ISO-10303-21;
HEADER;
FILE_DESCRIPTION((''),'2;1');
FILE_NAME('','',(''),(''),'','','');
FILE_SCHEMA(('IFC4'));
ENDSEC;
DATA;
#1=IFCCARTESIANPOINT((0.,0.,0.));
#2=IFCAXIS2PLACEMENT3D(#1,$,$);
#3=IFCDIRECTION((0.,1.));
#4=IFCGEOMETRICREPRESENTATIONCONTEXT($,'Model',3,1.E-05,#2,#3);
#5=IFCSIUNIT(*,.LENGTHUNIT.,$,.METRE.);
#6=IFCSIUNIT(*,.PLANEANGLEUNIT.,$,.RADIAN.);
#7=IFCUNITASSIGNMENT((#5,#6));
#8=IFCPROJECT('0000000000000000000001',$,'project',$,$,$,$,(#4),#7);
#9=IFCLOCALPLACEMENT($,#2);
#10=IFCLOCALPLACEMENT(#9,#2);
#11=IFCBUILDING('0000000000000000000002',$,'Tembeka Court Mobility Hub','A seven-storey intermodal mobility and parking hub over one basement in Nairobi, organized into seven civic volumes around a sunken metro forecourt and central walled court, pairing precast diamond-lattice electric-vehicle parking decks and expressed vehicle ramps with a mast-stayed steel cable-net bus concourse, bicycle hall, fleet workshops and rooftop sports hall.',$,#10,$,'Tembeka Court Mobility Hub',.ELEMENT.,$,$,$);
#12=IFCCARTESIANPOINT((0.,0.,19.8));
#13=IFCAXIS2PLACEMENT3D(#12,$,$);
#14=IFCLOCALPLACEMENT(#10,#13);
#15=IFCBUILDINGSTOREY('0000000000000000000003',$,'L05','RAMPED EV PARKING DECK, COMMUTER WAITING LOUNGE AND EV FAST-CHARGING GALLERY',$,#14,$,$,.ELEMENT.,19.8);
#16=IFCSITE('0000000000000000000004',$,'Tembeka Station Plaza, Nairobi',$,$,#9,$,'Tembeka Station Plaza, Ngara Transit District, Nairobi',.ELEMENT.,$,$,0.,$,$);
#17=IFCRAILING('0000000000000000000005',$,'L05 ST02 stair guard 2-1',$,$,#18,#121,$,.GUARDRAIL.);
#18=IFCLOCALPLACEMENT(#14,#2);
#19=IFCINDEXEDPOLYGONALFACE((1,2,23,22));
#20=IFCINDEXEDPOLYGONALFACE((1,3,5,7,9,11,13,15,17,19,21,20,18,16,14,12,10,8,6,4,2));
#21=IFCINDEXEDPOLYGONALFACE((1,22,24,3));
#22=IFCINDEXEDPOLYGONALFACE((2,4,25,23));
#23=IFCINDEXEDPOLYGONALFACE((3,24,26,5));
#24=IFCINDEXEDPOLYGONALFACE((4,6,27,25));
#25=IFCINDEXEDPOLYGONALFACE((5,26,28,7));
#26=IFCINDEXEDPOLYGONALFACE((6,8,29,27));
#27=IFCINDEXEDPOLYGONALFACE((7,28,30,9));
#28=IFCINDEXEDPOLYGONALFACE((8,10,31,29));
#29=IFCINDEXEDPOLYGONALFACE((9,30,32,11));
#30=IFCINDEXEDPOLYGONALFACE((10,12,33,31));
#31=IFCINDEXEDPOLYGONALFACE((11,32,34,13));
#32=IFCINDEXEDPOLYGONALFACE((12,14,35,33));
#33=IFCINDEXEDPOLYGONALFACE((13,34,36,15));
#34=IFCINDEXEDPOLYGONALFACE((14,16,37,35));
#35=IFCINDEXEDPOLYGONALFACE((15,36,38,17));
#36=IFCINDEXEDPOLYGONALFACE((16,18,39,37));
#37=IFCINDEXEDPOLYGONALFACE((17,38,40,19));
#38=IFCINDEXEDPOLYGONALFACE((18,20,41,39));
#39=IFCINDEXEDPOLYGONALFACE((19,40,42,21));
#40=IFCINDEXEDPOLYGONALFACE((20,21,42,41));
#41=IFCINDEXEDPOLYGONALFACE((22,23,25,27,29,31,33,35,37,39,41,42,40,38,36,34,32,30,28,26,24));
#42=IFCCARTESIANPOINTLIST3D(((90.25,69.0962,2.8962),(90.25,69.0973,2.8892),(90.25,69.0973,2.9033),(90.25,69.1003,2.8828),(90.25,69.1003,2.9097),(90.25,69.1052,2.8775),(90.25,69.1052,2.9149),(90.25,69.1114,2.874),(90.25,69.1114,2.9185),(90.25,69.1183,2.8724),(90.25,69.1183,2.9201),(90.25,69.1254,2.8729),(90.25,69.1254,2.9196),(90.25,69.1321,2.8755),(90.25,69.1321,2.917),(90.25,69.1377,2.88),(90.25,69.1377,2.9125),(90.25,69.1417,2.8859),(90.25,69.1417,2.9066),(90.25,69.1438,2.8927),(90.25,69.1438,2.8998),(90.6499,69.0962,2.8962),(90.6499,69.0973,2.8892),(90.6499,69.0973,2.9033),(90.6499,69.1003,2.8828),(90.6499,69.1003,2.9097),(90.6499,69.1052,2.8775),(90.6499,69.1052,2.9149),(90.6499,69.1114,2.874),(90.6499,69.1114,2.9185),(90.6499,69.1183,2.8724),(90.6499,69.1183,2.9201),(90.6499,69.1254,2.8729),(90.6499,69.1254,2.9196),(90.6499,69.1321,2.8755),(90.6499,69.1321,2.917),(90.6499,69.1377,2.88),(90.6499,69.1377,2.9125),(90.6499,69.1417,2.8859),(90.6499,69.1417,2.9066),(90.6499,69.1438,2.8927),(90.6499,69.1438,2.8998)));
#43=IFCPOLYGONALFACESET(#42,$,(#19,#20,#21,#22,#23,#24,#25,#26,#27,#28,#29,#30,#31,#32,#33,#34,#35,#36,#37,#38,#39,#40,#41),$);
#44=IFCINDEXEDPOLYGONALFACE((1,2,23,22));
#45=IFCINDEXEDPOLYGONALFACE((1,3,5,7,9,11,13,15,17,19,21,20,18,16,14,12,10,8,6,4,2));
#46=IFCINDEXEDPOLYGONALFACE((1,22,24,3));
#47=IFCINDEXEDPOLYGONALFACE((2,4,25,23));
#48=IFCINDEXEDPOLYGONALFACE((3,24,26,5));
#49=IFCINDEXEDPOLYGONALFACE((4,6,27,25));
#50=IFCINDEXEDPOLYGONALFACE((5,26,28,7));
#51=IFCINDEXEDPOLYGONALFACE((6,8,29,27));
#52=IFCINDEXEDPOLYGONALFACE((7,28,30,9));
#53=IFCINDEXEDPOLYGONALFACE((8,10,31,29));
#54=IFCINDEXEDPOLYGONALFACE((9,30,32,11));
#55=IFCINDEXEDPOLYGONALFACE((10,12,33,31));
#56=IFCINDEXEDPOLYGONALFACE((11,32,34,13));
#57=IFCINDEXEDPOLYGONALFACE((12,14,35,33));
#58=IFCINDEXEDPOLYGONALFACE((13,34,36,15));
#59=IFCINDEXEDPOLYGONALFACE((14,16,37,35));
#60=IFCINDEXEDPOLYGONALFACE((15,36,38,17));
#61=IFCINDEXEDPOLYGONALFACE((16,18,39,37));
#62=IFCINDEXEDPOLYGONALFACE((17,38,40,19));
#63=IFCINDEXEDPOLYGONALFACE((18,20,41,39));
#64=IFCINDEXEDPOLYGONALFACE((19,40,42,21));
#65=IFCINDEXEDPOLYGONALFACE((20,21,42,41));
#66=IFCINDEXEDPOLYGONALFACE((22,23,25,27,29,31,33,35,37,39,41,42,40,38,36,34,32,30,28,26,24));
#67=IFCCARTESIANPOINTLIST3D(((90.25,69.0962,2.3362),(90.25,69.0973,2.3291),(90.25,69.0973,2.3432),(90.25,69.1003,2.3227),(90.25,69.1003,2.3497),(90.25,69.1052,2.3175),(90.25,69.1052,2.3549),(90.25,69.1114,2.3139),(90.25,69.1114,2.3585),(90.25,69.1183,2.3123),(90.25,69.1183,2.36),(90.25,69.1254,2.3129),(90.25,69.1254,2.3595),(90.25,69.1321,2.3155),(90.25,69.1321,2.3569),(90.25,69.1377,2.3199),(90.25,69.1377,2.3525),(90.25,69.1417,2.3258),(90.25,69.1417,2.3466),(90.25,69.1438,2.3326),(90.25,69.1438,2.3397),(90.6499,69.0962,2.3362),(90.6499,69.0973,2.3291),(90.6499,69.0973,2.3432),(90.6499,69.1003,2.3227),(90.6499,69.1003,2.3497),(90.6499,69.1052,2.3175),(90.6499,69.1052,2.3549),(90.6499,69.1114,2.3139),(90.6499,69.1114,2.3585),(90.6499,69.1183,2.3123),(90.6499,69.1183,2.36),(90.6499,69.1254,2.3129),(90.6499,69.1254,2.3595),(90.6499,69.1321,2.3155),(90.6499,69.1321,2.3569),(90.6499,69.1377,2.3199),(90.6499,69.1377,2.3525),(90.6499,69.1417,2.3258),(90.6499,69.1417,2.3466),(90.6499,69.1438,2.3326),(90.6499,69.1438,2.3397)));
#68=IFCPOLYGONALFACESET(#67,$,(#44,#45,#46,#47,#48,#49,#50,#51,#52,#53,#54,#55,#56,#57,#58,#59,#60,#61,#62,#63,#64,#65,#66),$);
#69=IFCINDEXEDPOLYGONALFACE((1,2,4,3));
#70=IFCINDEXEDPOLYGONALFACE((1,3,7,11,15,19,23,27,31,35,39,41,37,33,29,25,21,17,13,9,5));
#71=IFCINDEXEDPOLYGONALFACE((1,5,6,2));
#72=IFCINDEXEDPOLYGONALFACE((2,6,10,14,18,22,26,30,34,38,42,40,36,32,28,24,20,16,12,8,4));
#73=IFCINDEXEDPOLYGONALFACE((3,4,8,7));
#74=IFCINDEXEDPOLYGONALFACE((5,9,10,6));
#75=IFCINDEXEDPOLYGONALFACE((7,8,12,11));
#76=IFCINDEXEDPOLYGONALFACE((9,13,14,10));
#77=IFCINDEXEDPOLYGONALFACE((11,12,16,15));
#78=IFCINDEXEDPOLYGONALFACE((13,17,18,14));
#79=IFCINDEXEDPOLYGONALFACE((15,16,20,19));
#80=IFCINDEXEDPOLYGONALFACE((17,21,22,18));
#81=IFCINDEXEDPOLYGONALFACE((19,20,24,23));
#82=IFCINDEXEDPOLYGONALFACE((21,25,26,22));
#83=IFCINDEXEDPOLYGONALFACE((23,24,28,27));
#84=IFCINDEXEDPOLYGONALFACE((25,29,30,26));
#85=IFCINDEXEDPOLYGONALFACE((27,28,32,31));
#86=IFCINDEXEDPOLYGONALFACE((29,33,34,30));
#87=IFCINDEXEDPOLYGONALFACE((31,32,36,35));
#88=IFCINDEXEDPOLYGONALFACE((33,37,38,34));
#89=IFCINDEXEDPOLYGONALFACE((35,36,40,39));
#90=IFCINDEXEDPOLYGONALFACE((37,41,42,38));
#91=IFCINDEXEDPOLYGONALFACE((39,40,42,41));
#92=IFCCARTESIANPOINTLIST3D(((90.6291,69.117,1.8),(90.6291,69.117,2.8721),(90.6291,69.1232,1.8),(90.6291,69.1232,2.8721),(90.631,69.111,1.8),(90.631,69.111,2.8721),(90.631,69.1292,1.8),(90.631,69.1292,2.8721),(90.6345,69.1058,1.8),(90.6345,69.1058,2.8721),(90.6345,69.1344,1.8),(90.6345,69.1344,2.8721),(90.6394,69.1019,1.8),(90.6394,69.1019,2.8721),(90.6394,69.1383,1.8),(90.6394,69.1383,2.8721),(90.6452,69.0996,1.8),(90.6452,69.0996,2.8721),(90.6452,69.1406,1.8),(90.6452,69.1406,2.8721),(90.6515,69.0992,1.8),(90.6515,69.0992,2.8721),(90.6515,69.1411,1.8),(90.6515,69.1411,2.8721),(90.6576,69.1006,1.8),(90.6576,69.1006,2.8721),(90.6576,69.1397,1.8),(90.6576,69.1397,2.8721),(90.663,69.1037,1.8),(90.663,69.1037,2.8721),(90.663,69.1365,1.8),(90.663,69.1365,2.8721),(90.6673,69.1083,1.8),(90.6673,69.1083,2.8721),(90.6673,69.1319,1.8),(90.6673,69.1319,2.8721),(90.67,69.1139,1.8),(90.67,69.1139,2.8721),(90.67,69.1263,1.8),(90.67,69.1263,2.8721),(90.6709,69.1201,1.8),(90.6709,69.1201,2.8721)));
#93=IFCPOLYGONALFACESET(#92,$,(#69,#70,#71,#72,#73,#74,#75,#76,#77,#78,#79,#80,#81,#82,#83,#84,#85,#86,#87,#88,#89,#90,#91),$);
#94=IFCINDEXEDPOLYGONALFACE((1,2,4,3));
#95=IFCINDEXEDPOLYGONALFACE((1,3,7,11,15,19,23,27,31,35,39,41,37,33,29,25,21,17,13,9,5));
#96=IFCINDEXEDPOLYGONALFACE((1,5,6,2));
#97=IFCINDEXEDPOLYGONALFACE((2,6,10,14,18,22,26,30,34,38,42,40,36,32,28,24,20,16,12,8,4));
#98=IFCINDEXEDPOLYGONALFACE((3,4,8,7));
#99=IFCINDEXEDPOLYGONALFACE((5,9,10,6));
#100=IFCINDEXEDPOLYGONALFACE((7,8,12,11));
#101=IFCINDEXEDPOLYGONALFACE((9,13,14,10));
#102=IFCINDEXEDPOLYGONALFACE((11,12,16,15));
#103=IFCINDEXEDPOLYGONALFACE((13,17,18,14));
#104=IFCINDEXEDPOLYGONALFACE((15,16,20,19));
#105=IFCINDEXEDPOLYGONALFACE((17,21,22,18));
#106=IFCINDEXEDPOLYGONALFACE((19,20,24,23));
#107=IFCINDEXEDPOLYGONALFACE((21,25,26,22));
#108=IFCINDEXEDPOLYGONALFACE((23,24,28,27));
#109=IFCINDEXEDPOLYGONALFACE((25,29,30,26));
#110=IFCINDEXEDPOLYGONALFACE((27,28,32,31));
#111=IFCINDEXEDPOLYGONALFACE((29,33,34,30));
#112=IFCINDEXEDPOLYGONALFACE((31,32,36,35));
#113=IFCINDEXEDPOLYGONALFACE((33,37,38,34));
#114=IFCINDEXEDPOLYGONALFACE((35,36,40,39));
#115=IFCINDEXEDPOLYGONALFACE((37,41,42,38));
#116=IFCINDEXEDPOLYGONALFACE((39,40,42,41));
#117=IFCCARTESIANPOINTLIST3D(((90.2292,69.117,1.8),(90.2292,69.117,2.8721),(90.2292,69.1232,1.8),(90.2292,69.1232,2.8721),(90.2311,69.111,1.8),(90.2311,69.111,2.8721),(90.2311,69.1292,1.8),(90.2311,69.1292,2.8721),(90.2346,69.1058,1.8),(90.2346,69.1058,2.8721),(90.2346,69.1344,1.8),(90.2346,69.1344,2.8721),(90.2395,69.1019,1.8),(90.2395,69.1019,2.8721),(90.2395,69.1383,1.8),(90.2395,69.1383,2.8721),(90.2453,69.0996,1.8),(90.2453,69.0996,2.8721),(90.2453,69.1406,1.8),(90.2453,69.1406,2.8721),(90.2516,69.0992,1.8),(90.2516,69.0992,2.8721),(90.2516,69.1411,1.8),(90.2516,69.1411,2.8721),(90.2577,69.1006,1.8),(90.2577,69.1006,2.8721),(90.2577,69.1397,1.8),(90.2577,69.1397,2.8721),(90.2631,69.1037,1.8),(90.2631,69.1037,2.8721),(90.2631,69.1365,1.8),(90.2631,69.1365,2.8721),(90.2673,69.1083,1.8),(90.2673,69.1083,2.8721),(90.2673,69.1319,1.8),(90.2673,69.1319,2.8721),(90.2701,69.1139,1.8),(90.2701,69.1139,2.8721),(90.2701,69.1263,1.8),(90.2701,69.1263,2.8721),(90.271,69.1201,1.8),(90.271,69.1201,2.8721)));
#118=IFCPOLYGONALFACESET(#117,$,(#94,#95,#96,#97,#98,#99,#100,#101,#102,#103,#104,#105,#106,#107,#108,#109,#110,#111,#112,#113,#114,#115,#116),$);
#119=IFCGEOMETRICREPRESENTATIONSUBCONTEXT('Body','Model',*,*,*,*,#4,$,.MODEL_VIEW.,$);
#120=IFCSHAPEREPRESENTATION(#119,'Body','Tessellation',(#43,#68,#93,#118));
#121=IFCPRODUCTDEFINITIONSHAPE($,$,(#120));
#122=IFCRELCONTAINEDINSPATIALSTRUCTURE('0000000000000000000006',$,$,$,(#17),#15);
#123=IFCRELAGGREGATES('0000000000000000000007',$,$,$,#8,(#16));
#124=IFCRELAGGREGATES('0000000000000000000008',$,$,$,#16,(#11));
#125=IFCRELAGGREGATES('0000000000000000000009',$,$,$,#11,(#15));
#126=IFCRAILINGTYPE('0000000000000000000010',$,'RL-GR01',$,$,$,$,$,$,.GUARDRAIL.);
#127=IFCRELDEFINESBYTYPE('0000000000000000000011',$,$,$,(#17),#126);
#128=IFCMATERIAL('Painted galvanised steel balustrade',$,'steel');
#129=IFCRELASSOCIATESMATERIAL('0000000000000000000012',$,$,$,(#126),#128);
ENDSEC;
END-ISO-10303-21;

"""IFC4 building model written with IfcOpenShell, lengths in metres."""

from ifc_helpers import new_model, si_unit, direction, frame, origin, origin_2d, place, context, subcontext, project, spatial, circle, extrude, material, type_object, element, save


model = new_model("IFC4")

# Units and contexts
model_context = context("Model", 3, precision=1e-05, world=origin(), true_north=direction((0.0, 1.0)))
body_context = subcontext(model_context, "Body", "Model", "MODEL_VIEW")
ifc_project = project(units=[si_unit("LENGTHUNIT", "METRE"), si_unit("PLANEANGLEUNIT", "RADIAN")], contexts=[model_context])

# Site, building, storey
site_placement = place(None, origin())
site = spatial("IfcSite", under=ifc_project, at=site_placement, Name="Tembeka Station Plaza, Nairobi", LongName="Tembeka Station Plaza, Ngara Transit District, Nairobi", CompositionType="ELEMENT", RefElevation=0.0)
building_placement = place(site_placement, origin())
building = spatial("IfcBuilding", under=site, at=building_placement, Name="Tembeka Court Mobility Hub", Description="A seven-storey intermodal mobility and parking hub over one basement in Nairobi, organized into seven civic volumes around a sunken metro forecourt and central walled court, pairing precast diamond-lattice electric-vehicle parking decks and expressed vehicle ramps with a mast-stayed steel cable-net bus concourse, bicycle hall, fleet workshops and rooftop sports hall.", LongName="Tembeka Court Mobility Hub", CompositionType="ELEMENT")
storey_placement = place(building_placement, frame((0.0, 0.0, 19.8)))
storey = spatial("IfcBuildingStorey", under=building, at=storey_placement, Name="L05", Description="RAMPED EV PARKING DECK, COMMUTER WAITING LOUNGE AND EV FAST-CHARGING GALLERY", CompositionType="ELEMENT", Elevation=19.8)

# Railing
ifc_material_1 = material(Name="Painted galvanised steel balustrade", Category="steel")
railing_type_1 = type_object("IfcRailingType", Name="RL-GR01", PredefinedType="GUARDRAIL", material=ifc_material_1)
railing_1_placement = place(storey_placement, frame((90.6499, 69.1201, 1.8)))
element("IfcRailing", 1, at=railing_1_placement, inside=storey, type_object=railing_type_1, Name="L05 ST02 stair guard 2-1", PredefinedType="GUARDRAIL", context=body_context, shape_type="SweptSolid", body=[
    extrude(circle(Radius=0.0239, at=origin_2d()), frame((0.0, 0.0, 1.0962), z_axis=(-1.0, 0.0, 0.0), x_axis=(0.0, -1.0, 0.0)), (0.0, 0.0, 1.0), 0.3999),
    extrude(circle(Radius=0.0239, at=origin_2d()), frame((0.0, 0.0, 0.5361), z_axis=(-1.0, 0.0, 0.0), x_axis=(0.0, -1.0, 0.0)), (0.0, 0.0, 1.0), 0.3999),
    extrude(circle(Radius=0.021, at=origin_2d()), origin(), (0.0, 0.0, 1.0), 1.072),
    extrude(circle(Radius=0.021, at=origin_2d()), frame((-0.3999, 0.0, 0.0)), (0.0, 0.0, 1.0), 1.072),
])

save(model, "model.ifc")
